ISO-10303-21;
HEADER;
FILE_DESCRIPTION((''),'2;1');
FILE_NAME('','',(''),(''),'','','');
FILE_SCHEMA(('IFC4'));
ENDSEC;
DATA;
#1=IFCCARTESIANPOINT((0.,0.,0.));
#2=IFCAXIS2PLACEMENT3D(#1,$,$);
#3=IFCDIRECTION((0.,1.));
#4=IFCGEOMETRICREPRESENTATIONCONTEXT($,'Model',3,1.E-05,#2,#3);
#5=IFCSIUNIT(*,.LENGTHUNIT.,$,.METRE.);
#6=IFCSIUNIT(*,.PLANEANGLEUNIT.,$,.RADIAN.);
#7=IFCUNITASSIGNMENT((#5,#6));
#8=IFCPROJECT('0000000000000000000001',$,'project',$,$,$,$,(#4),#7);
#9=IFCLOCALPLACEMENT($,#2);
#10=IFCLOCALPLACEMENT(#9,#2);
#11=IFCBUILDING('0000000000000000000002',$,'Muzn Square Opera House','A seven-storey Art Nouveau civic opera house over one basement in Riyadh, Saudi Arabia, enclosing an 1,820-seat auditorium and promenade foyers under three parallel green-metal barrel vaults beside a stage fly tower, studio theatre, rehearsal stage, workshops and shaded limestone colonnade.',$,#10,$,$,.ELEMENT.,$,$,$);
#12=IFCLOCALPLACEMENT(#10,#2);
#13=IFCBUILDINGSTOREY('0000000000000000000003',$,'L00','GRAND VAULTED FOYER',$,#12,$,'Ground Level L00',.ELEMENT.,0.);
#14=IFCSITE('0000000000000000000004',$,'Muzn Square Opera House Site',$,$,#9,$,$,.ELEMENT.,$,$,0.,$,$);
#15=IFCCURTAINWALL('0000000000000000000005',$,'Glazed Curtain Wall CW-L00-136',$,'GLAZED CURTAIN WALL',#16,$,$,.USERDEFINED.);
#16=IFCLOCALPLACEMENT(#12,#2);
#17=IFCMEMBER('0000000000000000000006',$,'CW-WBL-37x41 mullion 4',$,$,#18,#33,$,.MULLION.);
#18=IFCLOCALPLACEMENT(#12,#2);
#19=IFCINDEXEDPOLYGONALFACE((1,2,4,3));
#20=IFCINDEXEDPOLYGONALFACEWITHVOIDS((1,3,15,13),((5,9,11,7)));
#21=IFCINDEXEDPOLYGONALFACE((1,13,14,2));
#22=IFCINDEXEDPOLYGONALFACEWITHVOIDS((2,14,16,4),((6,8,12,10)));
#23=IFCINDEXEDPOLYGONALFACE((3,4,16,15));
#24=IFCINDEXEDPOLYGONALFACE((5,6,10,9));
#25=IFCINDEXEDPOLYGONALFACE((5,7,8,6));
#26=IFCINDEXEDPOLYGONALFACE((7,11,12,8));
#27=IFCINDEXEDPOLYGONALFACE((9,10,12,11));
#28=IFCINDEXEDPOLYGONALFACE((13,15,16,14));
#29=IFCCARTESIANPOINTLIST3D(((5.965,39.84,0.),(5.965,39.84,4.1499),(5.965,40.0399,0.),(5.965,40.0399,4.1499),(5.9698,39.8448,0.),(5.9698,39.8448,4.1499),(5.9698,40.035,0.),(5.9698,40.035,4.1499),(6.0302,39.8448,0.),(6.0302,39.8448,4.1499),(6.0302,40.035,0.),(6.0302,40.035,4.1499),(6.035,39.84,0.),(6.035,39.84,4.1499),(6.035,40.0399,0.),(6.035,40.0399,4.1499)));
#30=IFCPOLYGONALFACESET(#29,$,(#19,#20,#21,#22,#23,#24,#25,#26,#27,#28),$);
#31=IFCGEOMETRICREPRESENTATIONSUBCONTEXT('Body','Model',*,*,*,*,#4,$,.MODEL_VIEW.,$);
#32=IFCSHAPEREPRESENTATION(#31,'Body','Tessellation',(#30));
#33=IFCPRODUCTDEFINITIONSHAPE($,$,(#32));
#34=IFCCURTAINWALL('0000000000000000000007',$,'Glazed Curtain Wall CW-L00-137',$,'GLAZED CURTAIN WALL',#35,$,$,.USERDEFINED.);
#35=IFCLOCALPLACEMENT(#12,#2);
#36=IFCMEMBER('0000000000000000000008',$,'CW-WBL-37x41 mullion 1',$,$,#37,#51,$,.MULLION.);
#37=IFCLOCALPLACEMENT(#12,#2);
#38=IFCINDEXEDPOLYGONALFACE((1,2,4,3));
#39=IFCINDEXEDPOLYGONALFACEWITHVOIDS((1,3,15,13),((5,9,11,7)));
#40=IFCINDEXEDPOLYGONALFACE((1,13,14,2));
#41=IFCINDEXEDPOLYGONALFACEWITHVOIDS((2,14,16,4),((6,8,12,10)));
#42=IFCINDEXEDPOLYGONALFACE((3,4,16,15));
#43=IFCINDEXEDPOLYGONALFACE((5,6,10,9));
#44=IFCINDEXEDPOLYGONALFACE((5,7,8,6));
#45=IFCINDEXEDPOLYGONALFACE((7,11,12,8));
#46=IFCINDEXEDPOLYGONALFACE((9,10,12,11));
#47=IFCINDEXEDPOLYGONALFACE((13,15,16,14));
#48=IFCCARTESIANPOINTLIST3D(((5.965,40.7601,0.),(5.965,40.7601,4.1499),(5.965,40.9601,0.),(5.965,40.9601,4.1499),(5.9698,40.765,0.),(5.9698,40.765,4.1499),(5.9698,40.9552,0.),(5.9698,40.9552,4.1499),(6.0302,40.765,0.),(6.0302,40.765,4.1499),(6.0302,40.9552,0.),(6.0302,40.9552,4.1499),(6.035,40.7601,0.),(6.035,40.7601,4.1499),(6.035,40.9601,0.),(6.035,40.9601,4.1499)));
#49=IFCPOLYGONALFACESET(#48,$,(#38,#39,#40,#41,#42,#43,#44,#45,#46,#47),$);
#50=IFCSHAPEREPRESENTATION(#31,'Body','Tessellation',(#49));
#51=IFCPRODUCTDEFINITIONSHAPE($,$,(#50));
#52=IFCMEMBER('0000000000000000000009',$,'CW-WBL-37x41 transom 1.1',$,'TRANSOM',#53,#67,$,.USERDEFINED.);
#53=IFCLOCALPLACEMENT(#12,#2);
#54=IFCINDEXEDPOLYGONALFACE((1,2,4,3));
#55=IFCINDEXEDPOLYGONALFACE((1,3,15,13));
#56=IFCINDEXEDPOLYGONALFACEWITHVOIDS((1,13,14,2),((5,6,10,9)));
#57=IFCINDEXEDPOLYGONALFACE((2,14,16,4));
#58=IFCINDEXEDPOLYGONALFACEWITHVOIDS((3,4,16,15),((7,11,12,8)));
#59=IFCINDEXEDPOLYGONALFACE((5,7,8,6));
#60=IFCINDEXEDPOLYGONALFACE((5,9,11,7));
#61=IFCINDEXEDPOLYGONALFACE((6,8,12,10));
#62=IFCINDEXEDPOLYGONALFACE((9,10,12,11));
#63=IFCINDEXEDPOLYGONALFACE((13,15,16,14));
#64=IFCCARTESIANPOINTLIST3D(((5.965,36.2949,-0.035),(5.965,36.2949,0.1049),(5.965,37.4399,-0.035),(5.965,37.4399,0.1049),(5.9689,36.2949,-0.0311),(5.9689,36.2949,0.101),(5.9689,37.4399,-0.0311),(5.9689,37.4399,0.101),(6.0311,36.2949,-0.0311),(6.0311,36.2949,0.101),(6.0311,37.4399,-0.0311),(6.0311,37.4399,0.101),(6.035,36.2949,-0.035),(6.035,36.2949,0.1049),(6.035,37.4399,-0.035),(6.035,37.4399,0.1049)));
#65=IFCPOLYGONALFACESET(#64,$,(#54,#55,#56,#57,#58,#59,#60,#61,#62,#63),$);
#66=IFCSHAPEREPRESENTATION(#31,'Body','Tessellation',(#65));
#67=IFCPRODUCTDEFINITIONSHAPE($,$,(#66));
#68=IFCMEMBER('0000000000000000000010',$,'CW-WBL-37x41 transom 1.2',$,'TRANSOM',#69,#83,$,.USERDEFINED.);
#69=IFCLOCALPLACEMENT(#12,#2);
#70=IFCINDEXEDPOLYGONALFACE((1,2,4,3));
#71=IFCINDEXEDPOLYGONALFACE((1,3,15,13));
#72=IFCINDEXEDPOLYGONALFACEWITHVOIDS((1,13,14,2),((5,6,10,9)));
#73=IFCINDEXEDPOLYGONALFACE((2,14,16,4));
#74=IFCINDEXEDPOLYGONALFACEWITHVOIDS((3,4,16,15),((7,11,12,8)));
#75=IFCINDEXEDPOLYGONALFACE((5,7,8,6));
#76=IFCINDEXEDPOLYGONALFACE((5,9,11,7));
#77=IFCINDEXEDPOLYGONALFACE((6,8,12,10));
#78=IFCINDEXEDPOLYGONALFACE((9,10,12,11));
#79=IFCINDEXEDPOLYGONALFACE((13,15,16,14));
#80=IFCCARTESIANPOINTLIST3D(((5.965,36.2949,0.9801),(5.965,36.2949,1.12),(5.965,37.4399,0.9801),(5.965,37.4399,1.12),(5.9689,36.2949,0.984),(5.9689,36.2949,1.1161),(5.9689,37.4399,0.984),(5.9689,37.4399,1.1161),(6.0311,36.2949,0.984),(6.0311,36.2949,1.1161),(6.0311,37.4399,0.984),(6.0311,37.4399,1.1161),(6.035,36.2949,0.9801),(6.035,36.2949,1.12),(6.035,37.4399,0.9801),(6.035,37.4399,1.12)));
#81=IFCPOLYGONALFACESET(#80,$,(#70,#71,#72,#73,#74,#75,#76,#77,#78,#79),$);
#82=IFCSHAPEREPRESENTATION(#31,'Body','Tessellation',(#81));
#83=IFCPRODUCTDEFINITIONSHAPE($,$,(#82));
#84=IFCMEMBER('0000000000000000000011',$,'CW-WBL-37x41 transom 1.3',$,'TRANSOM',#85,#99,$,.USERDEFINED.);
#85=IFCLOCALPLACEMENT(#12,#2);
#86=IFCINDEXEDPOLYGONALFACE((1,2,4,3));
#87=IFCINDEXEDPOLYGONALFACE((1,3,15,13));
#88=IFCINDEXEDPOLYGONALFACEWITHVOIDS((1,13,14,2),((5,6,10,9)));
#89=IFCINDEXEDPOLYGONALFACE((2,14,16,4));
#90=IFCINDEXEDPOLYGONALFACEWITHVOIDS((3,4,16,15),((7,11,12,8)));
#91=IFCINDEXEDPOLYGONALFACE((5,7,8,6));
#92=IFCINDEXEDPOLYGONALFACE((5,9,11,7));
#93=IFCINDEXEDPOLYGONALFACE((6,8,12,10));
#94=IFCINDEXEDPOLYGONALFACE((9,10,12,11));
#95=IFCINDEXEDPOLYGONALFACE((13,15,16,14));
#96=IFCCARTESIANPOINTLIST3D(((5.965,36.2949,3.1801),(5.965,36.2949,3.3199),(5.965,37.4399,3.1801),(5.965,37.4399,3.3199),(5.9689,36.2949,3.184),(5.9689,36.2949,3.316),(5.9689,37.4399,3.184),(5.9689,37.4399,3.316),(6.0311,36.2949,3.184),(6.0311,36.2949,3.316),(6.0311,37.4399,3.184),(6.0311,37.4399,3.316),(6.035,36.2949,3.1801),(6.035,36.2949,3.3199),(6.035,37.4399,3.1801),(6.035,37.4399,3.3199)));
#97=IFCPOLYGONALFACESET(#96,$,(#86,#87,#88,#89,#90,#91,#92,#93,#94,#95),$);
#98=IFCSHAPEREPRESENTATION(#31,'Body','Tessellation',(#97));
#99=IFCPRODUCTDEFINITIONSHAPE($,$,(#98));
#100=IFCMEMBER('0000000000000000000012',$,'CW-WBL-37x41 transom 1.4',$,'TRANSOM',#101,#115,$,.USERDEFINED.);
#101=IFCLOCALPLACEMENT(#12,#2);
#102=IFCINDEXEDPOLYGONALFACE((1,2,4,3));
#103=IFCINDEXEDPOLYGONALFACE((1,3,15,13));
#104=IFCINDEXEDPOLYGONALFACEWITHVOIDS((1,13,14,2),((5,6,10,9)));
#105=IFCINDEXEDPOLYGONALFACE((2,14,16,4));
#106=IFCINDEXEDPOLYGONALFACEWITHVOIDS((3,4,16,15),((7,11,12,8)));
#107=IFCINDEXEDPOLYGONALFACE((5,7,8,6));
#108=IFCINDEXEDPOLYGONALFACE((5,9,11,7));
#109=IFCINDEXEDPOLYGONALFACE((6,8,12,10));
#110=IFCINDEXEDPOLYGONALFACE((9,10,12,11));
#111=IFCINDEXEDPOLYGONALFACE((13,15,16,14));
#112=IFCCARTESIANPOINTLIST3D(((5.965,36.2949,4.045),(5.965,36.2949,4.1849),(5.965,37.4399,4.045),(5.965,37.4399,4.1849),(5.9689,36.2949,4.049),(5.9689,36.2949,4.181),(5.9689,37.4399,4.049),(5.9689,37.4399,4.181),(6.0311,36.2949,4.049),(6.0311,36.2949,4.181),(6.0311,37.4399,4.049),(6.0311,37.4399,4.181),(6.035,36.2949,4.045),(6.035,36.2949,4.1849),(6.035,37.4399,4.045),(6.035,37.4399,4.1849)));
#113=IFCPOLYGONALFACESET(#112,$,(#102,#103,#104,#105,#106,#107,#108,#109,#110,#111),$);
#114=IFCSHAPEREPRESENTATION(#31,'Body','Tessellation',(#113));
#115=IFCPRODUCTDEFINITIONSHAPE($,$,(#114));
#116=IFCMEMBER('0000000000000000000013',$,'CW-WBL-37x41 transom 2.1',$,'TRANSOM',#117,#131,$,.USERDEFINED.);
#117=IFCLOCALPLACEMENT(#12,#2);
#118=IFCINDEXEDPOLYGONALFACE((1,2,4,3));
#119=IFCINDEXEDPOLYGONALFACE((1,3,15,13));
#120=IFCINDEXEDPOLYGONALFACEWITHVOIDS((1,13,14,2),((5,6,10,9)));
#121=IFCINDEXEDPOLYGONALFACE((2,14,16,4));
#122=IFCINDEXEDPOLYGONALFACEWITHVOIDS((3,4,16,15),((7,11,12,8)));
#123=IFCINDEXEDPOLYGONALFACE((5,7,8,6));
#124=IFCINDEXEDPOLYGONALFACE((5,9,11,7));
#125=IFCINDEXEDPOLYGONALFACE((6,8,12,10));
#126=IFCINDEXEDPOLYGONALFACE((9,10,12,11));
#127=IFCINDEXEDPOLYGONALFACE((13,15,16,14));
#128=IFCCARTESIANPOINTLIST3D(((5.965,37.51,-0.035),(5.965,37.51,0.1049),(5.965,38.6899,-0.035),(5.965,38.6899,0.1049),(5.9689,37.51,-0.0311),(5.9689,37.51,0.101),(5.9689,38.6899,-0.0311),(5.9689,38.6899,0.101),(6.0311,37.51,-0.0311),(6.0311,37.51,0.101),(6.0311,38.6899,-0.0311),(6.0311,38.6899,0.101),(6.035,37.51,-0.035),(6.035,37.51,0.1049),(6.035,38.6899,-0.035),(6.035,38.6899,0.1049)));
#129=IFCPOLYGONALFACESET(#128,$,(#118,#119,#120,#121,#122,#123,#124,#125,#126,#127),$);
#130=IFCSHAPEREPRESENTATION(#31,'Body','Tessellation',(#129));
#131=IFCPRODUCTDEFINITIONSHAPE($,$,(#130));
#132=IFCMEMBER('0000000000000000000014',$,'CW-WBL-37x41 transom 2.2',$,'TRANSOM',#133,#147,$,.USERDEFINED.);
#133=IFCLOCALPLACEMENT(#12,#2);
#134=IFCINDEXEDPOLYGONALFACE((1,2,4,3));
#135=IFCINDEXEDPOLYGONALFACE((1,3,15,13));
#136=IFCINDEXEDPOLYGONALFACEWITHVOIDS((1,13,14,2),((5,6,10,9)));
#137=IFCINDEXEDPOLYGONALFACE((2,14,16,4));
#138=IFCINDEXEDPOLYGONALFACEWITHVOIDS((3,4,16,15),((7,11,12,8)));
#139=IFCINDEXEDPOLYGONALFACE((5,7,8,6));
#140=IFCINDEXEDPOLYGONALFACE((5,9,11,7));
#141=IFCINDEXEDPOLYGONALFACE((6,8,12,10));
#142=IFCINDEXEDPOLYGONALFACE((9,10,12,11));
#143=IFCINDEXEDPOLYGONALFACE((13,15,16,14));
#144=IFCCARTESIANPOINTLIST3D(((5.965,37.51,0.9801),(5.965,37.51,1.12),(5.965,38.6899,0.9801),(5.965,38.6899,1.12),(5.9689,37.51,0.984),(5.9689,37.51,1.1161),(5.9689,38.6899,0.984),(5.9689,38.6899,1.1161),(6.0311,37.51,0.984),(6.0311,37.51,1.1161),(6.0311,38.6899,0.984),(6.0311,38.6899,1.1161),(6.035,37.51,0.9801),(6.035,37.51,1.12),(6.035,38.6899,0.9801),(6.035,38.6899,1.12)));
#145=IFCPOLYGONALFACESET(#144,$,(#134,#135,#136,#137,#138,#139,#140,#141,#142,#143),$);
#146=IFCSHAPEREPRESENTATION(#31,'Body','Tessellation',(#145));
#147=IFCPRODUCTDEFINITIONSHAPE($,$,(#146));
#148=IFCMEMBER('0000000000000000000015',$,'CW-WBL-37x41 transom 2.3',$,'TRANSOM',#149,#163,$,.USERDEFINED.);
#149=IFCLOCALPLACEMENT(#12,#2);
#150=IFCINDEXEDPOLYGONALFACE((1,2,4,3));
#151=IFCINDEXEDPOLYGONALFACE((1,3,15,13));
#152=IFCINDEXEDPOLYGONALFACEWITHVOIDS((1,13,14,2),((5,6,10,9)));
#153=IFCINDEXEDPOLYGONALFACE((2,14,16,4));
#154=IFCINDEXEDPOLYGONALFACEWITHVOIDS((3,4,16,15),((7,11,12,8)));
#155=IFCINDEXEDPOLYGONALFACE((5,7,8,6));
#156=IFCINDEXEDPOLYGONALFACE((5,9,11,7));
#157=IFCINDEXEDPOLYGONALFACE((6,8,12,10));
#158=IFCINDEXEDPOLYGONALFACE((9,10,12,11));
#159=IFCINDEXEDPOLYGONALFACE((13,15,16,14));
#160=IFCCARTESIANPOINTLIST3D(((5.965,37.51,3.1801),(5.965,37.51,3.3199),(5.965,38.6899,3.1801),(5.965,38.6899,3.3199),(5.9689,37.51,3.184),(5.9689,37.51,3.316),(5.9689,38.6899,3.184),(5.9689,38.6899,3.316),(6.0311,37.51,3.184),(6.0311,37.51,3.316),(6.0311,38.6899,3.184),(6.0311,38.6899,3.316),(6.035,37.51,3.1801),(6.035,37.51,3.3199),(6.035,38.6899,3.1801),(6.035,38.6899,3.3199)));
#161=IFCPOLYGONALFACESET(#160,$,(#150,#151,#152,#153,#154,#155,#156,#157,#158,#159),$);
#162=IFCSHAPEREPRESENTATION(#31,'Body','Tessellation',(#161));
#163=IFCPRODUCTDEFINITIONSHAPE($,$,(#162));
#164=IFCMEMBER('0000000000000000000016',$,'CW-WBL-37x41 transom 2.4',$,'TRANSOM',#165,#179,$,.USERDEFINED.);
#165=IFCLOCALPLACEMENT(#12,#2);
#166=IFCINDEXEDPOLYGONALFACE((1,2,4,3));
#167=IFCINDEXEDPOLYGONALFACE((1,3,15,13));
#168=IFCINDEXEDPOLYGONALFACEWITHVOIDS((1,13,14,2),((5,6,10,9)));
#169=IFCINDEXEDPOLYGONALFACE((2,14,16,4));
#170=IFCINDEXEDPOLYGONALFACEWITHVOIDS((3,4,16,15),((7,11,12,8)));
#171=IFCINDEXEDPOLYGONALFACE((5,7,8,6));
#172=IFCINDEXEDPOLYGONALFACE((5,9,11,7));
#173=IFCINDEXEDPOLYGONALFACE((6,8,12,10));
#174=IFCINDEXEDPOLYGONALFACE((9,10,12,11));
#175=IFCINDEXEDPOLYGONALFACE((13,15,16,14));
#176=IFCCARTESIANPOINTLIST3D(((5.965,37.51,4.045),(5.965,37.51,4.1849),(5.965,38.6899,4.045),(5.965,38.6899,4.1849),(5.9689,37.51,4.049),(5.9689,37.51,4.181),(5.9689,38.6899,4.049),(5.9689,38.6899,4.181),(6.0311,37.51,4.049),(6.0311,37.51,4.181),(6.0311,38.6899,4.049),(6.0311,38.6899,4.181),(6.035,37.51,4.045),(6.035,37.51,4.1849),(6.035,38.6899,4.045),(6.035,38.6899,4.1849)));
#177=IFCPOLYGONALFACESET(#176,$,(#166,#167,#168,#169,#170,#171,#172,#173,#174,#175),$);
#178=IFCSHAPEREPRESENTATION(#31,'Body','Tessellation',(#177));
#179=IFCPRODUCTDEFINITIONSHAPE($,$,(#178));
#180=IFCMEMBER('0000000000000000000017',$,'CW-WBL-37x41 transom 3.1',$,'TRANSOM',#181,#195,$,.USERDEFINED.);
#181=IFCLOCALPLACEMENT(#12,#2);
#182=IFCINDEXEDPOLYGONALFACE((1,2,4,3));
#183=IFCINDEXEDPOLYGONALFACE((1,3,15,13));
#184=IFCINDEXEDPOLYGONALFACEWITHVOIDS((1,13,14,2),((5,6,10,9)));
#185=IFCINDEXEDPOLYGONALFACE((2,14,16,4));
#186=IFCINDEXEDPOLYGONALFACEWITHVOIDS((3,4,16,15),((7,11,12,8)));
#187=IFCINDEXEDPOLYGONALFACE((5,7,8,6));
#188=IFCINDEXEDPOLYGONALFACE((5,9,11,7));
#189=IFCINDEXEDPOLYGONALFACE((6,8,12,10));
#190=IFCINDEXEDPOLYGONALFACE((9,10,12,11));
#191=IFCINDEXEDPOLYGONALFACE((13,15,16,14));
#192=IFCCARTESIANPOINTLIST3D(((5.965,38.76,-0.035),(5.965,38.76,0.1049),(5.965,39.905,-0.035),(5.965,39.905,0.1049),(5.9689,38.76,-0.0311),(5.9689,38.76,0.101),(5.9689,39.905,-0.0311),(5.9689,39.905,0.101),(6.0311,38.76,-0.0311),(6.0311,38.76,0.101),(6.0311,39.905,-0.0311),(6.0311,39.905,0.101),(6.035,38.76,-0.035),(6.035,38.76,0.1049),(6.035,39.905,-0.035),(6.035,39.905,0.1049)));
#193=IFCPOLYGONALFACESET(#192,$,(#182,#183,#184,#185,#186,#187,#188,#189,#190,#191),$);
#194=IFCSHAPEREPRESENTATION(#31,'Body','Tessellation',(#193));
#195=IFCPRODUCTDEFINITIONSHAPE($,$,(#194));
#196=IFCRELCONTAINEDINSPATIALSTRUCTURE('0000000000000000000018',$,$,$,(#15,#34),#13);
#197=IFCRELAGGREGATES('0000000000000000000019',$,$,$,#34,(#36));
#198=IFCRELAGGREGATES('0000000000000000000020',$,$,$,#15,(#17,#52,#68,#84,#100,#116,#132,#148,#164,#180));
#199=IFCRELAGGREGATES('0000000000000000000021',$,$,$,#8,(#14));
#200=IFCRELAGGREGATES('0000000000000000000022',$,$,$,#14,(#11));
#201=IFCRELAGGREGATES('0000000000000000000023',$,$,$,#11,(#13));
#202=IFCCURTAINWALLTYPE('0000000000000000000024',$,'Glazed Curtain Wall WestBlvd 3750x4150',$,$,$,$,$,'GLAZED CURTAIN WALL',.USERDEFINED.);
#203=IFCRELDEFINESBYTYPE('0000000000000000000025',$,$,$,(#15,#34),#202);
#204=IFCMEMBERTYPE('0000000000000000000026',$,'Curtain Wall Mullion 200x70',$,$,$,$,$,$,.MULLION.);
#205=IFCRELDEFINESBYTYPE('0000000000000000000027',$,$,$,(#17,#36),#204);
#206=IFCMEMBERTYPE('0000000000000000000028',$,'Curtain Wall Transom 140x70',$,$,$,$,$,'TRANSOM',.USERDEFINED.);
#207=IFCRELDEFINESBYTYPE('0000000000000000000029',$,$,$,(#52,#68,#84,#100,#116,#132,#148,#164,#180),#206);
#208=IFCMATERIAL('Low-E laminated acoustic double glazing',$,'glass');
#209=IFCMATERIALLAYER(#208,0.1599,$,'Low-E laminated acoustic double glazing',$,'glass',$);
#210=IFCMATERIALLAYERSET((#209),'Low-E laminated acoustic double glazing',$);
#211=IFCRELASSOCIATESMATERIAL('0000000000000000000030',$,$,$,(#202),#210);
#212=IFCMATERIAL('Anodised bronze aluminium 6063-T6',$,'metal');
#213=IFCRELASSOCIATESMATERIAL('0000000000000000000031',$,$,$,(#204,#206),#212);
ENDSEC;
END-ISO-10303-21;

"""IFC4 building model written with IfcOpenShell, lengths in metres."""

from ifc_helpers import new_model, si_unit, direction, frame, origin, origin_2d, place, context, subcontext, project, spatial, hollow_rectangle, extrude, material, layer, layer_set, material_profile, profile_set, type_object, element, aggregate, save


model = new_model("IFC4")

# Units and contexts
model_context = context("Model", 3, precision=1e-05, world=origin(), true_north=direction((0.0, 1.0)))
body_context = subcontext(model_context, "Body", "Model", "MODEL_VIEW")
ifc_project = project(units=[si_unit("LENGTHUNIT", "METRE"), si_unit("PLANEANGLEUNIT", "RADIAN")], contexts=[model_context])

# Site, building, storey
site_placement = place(None, origin())
site = spatial("IfcSite", under=ifc_project, at=site_placement, Name="Muzn Square Opera House Site", CompositionType="ELEMENT", RefElevation=0.0)
building_placement = place(site_placement, origin())
building = spatial("IfcBuilding", under=site, at=building_placement, Name="Muzn Square Opera House", Description="A seven-storey Art Nouveau civic opera house over one basement in Riyadh, Saudi Arabia, enclosing an 1,820-seat auditorium and promenade foyers under three parallel green-metal barrel vaults beside a stage fly tower, studio theatre, rehearsal stage, workshops and shaded limestone colonnade.", CompositionType="ELEMENT")
storey_placement = place(building_placement, origin())
storey = spatial("IfcBuildingStorey", under=building, at=storey_placement, Name="L00", Description="GRAND VAULTED FOYER", LongName="Ground Level L00", CompositionType="ELEMENT", Elevation=0.0)

# Shared definitions
ifc_material_1 = material(Name="Low-E laminated acoustic double glazing", Category="glass")
ifc_layer_1 = layer(ifc_material_1, 0.1599, Name="Low-E laminated acoustic double glazing", Category="glass")
ifc_layer_set_1 = layer_set([ifc_layer_1], Name="Low-E laminated acoustic double glazing")
curtain_wall_type = type_object("IfcCurtainWallType", Name="Glazed Curtain Wall WestBlvd 3750x4150", ElementType="GLAZED CURTAIN WALL", PredefinedType="USERDEFINED", material=ifc_layer_set_1)
ifc_material_2 = material(Name="Anodised bronze aluminium 6063-T6", Category="metal")
ifc_material_profile_1 = material_profile(ifc_material_2, hollow_rectangle(XDim=0.0701, YDim=0.2, WallThickness=0.0049, at=origin_2d()), Name="ALU 200x70x5", Category="metal")
ifc_profile_set_1 = profile_set([ifc_material_profile_1], Name="Anodised bronze aluminium 6063-T6")
member_type_1 = type_object("IfcMemberType", Name="Curtain Wall Mullion 200x70", PredefinedType="MULLION", material=ifc_profile_set_1)

# Curtain wall, member
curtain_wall_1_placement = place(storey_placement, origin())
curtain_wall_1 = element("IfcCurtainWall", 1, at=curtain_wall_1_placement, inside=storey, type_object=curtain_wall_type, Name="Glazed Curtain Wall CW-L00-136", ObjectType="GLAZED CURTAIN WALL", PredefinedType="USERDEFINED")
member_1_placement = place(storey_placement, frame((6.0, 39.9399, 0.0), z_axis=(0.0, 0.0, 1.0), x_axis=(-1.0, 0.0, 0.0)))
member_1 = element("IfcMember", 2, at=member_1_placement, type_object=member_type_1, Name="CW-WBL-37x41 mullion 4", PredefinedType="MULLION", context=body_context, shape_type="SweptSolid", body=[
    extrude(hollow_rectangle(XDim=0.0701, YDim=0.2, WallThickness=0.0049, at=origin_2d()), origin(), (0.0, 0.0, 1.0), 4.1499),
])

# Curtain wall, member
curtain_wall_2_placement = place(storey_placement, origin())
curtain_wall_2 = element("IfcCurtainWall", 3, at=curtain_wall_2_placement, inside=storey, type_object=curtain_wall_type, Name="Glazed Curtain Wall CW-L00-137", ObjectType="GLAZED CURTAIN WALL", PredefinedType="USERDEFINED")
member_2_placement = place(storey_placement, frame((6.0, 40.8601, 0.0), z_axis=(0.0, 0.0, 1.0), x_axis=(-1.0, 0.0, 0.0)))
member_2 = element("IfcMember", 4, at=member_2_placement, type_object=member_type_1, Name="CW-WBL-37x41 mullion 1", PredefinedType="MULLION", context=body_context, shape_type="SweptSolid", body=[
    extrude(hollow_rectangle(XDim=0.0701, YDim=0.2, WallThickness=0.0049, at=origin_2d()), origin(), (0.0, 0.0, 1.0), 4.1499),
])

# Members
ifc_material_profile_2 = material_profile(ifc_material_2, hollow_rectangle(XDim=0.0701, YDim=0.1399, WallThickness=0.0039, at=origin_2d()), Name="ALU 140x70x4", Category="metal")
ifc_profile_set_2 = profile_set([ifc_material_profile_2], Name="Anodised bronze aluminium 6063-T6")
member_type_2 = type_object("IfcMemberType", Name="Curtain Wall Transom 140x70", ElementType="TRANSOM", PredefinedType="USERDEFINED", material=ifc_profile_set_2)
member_3_placement = place(storey_placement, frame((6.0, 36.2949, 0.0349), z_axis=(0.0, 1.0, 0.0), x_axis=(-1.0, 0.0, 0.0)))
member_3 = element("IfcMember", 5, at=member_3_placement, type_object=member_type_2, Name="CW-WBL-37x41 transom 1.1", ObjectType="TRANSOM", PredefinedType="USERDEFINED", context=body_context, shape_type="SweptSolid", body=[
    extrude(hollow_rectangle(XDim=0.0701, YDim=0.1399, WallThickness=0.0039, at=origin_2d()), origin(), (0.0, 0.0, 1.0), 1.145),
])
member_4_placement = place(storey_placement, frame((6.0, 36.2949, 1.05), z_axis=(0.0, 1.0, 0.0), x_axis=(-1.0, 0.0, 0.0)))
member_4 = element("IfcMember", 6, at=member_4_placement, type_object=member_type_2, Name="CW-WBL-37x41 transom 1.2", ObjectType="TRANSOM", PredefinedType="USERDEFINED", context=body_context, shape_type="SweptSolid", body=[
    extrude(hollow_rectangle(XDim=0.0701, YDim=0.1399, WallThickness=0.0039, at=origin_2d()), origin(), (0.0, 0.0, 1.0), 1.145),
])
member_5_placement = place(storey_placement, frame((6.0, 36.2949, 3.25), z_axis=(0.0, 1.0, 0.0), x_axis=(-1.0, 0.0, 0.0)))
member_5 = element("IfcMember", 7, at=member_5_placement, type_object=member_type_2, Name="CW-WBL-37x41 transom 1.3", ObjectType="TRANSOM", PredefinedType="USERDEFINED", context=body_context, shape_type="SweptSolid", body=[
    extrude(hollow_rectangle(XDim=0.0701, YDim=0.1399, WallThickness=0.0039, at=origin_2d()), origin(), (0.0, 0.0, 1.0), 1.145),
])
member_6_placement = place(storey_placement, frame((6.0, 36.2949, 4.115), z_axis=(0.0, 1.0, 0.0), x_axis=(-1.0, 0.0, 0.0)))
member_6 = element("IfcMember", 8, at=member_6_placement, type_object=member_type_2, Name="CW-WBL-37x41 transom 1.4", ObjectType="TRANSOM", PredefinedType="USERDEFINED", context=body_context, shape_type="SweptSolid", body=[
    extrude(hollow_rectangle(XDim=0.0701, YDim=0.1399, WallThickness=0.0039, at=origin_2d()), origin(), (0.0, 0.0, 1.0), 1.145),
])
member_7_placement = place(storey_placement, frame((6.0, 37.51, 0.0349), z_axis=(0.0, 1.0, 0.0), x_axis=(-1.0, 0.0, 0.0)))
member_7 = element("IfcMember", 9, at=member_7_placement, type_object=member_type_2, Name="CW-WBL-37x41 transom 2.1", ObjectType="TRANSOM", PredefinedType="USERDEFINED", context=body_context, shape_type="SweptSolid", body=[
    extrude(hollow_rectangle(XDim=0.0701, YDim=0.1399, WallThickness=0.0039, at=origin_2d()), origin(), (0.0, 0.0, 1.0), 1.1799),
])
member_8_placement = place(storey_placement, frame((6.0, 37.51, 1.05), z_axis=(0.0, 1.0, 0.0), x_axis=(-1.0, 0.0, 0.0)))
member_8 = element("IfcMember", 10, at=member_8_placement, type_object=member_type_2, Name="CW-WBL-37x41 transom 2.2", ObjectType="TRANSOM", PredefinedType="USERDEFINED", context=body_context, shape_type="SweptSolid", body=[
    extrude(hollow_rectangle(XDim=0.0701, YDim=0.1399, WallThickness=0.0039, at=origin_2d()), origin(), (0.0, 0.0, 1.0), 1.1799),
])
member_9_placement = place(storey_placement, frame((6.0, 37.51, 3.25), z_axis=(0.0, 1.0, 0.0), x_axis=(-1.0, 0.0, 0.0)))
member_9 = element("IfcMember", 11, at=member_9_placement, type_object=member_type_2, Name="CW-WBL-37x41 transom 2.3", ObjectType="TRANSOM", PredefinedType="USERDEFINED", context=body_context, shape_type="SweptSolid", body=[
    extrude(hollow_rectangle(XDim=0.0701, YDim=0.1399, WallThickness=0.0039, at=origin_2d()), origin(), (0.0, 0.0, 1.0), 1.1799),
])
member_10_placement = place(storey_placement, frame((6.0, 37.51, 4.115), z_axis=(0.0, 1.0, 0.0), x_axis=(-1.0, 0.0, 0.0)))
member_10 = element("IfcMember", 12, at=member_10_placement, type_object=member_type_2, Name="CW-WBL-37x41 transom 2.4", ObjectType="TRANSOM", PredefinedType="USERDEFINED", context=body_context, shape_type="SweptSolid", body=[
    extrude(hollow_rectangle(XDim=0.0701, YDim=0.1399, WallThickness=0.0039, at=origin_2d()), origin(), (0.0, 0.0, 1.0), 1.1799),
])
member_11_placement = place(storey_placement, frame((6.0, 38.76, 0.0349), z_axis=(0.0, 1.0, 0.0), x_axis=(-1.0, 0.0, 0.0)))
member_11 = element("IfcMember", 13, at=member_11_placement, type_object=member_type_2, Name="CW-WBL-37x41 transom 3.1", ObjectType="TRANSOM", PredefinedType="USERDEFINED", context=body_context, shape_type="SweptSolid", body=[
    extrude(hollow_rectangle(XDim=0.0701, YDim=0.1399, WallThickness=0.0039, at=origin_2d()), origin(), (0.0, 0.0, 1.0), 1.145),
])
aggregate(curtain_wall_2, [member_2])

aggregate(curtain_wall_1, [member_1, member_3, member_4, member_5, member_6, member_7, member_8, member_9, member_10, member_11])

save(model, "model.ifc")
